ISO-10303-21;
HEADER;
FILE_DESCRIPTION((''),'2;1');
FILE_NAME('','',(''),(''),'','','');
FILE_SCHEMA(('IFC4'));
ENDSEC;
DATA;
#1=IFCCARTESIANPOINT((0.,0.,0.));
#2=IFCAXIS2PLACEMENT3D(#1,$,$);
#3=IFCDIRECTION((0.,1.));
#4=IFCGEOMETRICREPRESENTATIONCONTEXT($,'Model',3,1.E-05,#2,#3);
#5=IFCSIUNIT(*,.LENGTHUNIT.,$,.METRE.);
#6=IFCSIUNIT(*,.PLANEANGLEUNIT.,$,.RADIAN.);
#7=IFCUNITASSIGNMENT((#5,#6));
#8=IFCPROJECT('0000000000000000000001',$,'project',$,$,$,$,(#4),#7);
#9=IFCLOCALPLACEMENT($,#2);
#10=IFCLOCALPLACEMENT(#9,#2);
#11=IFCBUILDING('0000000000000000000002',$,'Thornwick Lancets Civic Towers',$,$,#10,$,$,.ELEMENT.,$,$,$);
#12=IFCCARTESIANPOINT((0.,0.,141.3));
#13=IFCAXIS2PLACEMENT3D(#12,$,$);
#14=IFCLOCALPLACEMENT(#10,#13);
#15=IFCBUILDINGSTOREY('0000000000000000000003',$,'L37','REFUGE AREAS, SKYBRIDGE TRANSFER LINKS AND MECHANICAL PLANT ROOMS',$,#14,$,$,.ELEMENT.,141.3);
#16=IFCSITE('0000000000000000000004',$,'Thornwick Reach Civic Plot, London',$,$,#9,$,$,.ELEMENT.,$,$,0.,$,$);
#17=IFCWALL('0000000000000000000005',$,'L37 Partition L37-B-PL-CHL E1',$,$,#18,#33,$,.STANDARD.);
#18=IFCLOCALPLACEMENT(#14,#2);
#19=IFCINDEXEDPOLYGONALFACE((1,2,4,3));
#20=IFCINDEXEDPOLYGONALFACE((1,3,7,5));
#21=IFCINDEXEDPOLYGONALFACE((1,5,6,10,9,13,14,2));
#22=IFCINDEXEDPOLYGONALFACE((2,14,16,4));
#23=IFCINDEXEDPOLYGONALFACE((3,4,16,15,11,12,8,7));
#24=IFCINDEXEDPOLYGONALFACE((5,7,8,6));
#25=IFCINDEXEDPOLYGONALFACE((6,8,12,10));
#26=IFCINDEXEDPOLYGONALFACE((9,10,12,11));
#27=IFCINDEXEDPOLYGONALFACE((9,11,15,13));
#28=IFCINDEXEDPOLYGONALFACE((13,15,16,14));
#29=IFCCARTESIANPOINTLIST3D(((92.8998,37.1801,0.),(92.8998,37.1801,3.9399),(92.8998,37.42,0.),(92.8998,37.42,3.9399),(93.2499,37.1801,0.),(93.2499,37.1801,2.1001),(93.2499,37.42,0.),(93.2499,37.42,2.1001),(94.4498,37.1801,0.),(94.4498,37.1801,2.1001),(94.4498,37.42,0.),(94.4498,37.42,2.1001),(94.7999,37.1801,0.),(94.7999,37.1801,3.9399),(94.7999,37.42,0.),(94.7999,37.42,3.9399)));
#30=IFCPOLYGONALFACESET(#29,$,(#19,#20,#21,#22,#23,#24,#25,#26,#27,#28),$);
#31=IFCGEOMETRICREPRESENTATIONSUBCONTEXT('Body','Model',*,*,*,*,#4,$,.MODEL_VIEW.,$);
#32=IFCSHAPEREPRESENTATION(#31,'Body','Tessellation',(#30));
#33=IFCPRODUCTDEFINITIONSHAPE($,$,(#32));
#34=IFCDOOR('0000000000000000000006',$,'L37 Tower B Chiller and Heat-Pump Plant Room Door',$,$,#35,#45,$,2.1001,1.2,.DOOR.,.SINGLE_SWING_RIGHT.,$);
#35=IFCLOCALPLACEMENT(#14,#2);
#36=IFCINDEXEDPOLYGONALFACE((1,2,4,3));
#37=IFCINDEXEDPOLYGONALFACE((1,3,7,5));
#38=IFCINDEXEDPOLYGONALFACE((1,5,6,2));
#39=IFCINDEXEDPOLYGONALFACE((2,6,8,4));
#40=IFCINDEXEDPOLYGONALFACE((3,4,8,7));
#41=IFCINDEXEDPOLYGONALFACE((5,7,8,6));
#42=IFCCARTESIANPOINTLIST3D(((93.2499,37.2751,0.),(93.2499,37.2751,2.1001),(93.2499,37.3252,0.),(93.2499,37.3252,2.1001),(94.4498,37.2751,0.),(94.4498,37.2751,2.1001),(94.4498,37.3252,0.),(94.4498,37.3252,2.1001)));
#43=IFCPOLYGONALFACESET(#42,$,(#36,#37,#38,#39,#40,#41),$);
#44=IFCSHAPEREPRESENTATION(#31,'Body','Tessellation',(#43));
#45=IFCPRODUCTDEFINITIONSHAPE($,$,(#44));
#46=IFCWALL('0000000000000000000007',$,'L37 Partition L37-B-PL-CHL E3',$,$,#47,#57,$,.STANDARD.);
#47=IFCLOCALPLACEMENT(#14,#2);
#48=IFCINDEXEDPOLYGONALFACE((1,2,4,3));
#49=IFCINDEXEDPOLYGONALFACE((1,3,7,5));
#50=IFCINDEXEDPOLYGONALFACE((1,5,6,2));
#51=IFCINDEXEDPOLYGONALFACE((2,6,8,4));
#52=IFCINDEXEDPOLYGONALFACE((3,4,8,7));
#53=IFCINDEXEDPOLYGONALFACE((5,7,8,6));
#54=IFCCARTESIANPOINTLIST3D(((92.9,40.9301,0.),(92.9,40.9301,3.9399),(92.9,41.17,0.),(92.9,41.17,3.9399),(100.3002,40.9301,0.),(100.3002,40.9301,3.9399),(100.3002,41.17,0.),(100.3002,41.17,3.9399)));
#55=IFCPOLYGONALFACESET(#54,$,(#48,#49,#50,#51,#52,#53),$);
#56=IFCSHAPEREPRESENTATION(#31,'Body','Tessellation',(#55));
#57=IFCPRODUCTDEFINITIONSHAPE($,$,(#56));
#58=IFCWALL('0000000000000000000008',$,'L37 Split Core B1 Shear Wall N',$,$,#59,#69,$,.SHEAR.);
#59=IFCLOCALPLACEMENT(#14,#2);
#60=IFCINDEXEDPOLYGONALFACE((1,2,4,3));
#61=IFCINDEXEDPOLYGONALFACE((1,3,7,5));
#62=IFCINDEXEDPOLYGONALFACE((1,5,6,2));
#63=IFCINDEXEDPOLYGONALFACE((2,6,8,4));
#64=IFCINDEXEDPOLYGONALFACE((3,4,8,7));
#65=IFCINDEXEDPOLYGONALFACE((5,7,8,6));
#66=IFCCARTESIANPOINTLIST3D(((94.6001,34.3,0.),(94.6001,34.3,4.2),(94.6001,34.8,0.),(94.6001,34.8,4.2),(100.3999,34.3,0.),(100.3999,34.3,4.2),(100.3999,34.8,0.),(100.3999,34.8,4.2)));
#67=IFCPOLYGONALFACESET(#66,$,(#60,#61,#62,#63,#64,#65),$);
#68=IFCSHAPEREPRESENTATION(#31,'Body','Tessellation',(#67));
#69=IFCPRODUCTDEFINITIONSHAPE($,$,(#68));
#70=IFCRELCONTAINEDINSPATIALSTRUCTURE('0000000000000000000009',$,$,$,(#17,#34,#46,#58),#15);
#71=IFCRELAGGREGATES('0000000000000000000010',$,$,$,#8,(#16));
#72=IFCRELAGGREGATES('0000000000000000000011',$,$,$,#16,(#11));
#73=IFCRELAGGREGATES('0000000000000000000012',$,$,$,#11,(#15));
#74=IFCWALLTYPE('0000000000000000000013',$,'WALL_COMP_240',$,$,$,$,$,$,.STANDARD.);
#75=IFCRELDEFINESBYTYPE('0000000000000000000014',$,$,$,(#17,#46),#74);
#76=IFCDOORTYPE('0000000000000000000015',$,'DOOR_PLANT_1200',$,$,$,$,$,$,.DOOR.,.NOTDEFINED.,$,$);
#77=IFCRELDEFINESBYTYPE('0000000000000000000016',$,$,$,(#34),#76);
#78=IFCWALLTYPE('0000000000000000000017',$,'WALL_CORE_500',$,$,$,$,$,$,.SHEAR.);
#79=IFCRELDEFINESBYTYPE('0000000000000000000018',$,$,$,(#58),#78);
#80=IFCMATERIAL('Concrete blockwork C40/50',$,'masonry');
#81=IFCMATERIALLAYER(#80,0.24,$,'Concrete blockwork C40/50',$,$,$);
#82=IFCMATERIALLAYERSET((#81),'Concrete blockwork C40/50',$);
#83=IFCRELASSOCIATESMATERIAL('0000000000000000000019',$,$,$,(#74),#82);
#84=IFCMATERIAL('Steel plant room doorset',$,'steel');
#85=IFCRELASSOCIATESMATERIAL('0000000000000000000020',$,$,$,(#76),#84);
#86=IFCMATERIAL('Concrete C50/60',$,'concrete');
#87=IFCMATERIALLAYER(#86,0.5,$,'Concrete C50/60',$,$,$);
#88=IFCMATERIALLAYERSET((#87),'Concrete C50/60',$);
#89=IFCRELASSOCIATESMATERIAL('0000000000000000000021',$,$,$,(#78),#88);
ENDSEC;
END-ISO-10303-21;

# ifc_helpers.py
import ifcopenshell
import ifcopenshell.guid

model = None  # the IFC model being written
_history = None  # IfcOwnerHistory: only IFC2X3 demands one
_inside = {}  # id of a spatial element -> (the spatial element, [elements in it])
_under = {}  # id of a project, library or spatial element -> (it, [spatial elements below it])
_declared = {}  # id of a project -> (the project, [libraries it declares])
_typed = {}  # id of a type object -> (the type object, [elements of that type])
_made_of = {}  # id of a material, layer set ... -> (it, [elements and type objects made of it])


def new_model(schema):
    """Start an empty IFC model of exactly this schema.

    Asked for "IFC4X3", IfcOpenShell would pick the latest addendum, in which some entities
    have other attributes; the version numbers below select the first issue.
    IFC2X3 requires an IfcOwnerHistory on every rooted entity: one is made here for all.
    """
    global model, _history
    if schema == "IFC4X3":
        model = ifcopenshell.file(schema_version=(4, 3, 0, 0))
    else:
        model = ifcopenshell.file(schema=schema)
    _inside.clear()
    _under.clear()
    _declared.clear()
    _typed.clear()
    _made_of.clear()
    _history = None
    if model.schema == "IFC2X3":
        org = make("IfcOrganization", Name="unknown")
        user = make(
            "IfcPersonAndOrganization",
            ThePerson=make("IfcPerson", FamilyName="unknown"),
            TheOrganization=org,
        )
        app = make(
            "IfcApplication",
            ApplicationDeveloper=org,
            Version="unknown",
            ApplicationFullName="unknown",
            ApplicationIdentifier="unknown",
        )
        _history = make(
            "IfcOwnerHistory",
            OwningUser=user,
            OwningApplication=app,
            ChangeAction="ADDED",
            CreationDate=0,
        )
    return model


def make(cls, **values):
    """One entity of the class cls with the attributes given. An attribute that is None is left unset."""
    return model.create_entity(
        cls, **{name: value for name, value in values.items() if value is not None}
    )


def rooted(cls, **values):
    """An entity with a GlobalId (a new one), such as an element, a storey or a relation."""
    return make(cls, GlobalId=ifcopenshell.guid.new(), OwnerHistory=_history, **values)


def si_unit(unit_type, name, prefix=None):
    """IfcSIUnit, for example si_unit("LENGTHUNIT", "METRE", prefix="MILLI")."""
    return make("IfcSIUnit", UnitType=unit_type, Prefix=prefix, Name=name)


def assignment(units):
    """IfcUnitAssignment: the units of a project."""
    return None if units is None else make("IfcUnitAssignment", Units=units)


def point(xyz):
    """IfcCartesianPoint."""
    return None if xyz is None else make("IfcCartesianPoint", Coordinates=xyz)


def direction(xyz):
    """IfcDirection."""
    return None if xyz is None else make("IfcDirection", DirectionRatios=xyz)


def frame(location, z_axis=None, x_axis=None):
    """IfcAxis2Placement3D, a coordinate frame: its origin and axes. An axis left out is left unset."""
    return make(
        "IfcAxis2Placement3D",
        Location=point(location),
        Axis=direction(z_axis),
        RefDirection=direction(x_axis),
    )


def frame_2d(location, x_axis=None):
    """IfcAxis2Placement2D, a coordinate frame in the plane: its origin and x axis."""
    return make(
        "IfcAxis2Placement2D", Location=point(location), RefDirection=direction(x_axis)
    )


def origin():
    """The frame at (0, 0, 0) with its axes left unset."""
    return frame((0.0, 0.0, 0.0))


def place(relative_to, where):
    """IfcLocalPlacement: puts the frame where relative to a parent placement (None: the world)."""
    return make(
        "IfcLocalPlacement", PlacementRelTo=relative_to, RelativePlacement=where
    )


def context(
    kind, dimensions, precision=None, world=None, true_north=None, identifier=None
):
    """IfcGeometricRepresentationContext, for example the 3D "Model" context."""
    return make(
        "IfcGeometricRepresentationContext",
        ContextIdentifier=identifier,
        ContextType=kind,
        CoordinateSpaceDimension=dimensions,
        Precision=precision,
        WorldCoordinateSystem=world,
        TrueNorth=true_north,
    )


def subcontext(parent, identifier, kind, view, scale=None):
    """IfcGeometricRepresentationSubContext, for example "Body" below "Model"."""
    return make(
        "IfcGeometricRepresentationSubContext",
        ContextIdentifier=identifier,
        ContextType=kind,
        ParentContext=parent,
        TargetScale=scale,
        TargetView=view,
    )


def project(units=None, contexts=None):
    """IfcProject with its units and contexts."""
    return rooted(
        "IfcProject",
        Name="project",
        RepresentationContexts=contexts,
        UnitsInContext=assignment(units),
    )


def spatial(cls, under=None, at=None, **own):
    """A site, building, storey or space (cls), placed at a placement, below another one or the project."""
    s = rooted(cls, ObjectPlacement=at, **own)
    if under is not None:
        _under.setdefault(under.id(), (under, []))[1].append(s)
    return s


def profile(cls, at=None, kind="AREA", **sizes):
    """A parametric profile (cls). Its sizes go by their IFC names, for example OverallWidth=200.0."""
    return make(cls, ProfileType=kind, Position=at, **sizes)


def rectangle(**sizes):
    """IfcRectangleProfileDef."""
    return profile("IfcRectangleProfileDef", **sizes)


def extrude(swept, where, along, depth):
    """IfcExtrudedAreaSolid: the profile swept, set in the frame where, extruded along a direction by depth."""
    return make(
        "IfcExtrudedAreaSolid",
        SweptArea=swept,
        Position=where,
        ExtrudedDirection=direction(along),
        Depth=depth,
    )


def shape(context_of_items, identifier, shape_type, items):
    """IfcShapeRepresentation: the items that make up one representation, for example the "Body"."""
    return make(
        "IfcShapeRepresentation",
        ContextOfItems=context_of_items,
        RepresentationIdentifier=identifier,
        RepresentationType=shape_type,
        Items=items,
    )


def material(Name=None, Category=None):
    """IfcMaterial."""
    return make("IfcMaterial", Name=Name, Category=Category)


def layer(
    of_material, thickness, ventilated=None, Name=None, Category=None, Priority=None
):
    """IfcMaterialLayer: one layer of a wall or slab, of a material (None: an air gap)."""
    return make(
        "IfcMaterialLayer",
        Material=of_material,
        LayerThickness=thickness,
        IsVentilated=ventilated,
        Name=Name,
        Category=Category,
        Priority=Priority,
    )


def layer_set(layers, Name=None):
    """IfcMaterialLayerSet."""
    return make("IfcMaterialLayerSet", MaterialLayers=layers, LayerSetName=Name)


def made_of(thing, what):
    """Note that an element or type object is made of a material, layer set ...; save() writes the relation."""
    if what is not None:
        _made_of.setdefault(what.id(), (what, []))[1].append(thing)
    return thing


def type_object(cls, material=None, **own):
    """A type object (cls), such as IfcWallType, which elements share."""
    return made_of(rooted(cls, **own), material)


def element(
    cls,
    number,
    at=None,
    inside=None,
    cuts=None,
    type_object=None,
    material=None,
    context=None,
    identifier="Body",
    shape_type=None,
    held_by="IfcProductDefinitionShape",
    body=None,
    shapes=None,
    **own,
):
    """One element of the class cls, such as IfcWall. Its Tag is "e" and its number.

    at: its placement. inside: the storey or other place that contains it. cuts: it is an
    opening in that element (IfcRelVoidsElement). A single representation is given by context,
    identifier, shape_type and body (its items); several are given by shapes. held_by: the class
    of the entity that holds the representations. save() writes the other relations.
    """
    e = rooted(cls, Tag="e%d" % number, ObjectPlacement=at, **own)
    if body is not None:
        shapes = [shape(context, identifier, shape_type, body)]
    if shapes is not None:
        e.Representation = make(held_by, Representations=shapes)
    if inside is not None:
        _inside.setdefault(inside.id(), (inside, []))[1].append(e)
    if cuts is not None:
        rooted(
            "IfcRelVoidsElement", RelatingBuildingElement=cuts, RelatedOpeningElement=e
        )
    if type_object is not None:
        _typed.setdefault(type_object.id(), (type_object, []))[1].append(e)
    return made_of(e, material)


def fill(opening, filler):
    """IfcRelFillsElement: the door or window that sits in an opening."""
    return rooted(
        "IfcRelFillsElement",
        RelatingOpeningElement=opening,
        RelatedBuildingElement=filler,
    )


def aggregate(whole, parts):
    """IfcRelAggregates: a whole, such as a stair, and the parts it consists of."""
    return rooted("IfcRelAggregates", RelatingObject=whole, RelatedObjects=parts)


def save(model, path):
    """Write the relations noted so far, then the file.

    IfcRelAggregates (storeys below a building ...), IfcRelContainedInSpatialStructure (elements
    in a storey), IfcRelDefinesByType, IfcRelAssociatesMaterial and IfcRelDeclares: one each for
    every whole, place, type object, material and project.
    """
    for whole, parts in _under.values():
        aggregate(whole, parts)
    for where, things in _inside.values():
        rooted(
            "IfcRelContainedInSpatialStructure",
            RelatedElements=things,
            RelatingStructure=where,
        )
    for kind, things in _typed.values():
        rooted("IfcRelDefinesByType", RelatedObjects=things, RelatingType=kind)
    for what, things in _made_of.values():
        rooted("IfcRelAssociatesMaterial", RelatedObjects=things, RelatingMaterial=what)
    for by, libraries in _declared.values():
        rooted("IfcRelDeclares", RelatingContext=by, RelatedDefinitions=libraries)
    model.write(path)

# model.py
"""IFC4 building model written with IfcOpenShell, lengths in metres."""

from ifc_helpers import new_model, si_unit, direction, frame, frame_2d, origin, place, context, subcontext, project, spatial, rectangle, extrude, material, layer, layer_set, type_object, element, fill, save


model = new_model("IFC4")

# Units and contexts
model_context = context("Model", 3, precision=1e-05, world=origin(), true_north=direction((0.0, 1.0)))
body_context = subcontext(model_context, "Body", "Model", "MODEL_VIEW")
ifc_project = project(units=[si_unit("LENGTHUNIT", "METRE"), si_unit("PLANEANGLEUNIT", "RADIAN")], contexts=[model_context])

# Site, building, storey
site_placement = place(None, origin())
site = spatial("IfcSite", under=ifc_project, at=site_placement, Name="Thornwick Reach Civic Plot, London", CompositionType="ELEMENT", RefElevation=0.0)
building_placement = place(site_placement, origin())
building = spatial("IfcBuilding", under=site, at=building_placement, Name="Thornwick Lancets Civic Towers", CompositionType="ELEMENT")
storey_placement = place(building_placement, frame((0.0, 0.0, 141.3)))
storey = spatial("IfcBuildingStorey", under=building, at=storey_placement, Name="L37", Description="REFUGE AREAS, SKYBRIDGE TRANSFER LINKS AND MECHANICAL PLANT ROOMS", CompositionType="ELEMENT", Elevation=141.3)

# Shared definitions
ifc_material_1 = material(Name="Concrete blockwork C40/50", Category="masonry")
ifc_layer_1 = layer(ifc_material_1, 0.24, Name="Concrete blockwork C40/50")
ifc_layer_set_1 = layer_set([ifc_layer_1], Name="Concrete blockwork C40/50")
wall_type_1 = type_object("IfcWallType", Name="WALL_COMP_240", PredefinedType="STANDARD", material=ifc_layer_set_1)

# Shared definitions
ifc_material_2 = material(Name="Steel plant room doorset", Category="steel")
door_type = type_object("IfcDoorType", Name="DOOR_PLANT_1200", OperationType="NOTDEFINED", PredefinedType="DOOR", material=ifc_material_2)

# Wall, opening, door
wall_1_placement = place(storey_placement, frame((94.8, 37.3, 0.0), z_axis=(0.0, 0.0, 1.0), x_axis=(-1.0, 0.0, 0.0)))
wall_1 = element("IfcWall", 1, at=wall_1_placement, inside=storey, type_object=wall_type_1, Name="L37 Partition L37-B-PL-CHL E1", PredefinedType="STANDARD", context=body_context, shape_type="SweptSolid", body=[
    extrude(rectangle(XDim=1.9001, YDim=0.24, at=frame_2d((0.9502, 0.0))), origin(), (0.0, 0.0, 1.0), 3.9399),
])
opening_1_placement = place(wall_1_placement, frame((0.3501, 0.0, 0.0)))
opening_1 = element("IfcOpeningElement", 2, at=opening_1_placement, cuts=wall_1, PredefinedType="OPENING", context=body_context, shape_type="SweptSolid", body=[
    extrude(rectangle(XDim=1.2, YDim=2.1001, at=frame_2d((0.6001, 1.05))), frame((0.0, 0.1299, 0.0), z_axis=(0.0, -1.0, 0.0), x_axis=(1.0, 0.0, 0.0)), (0.0, 0.0, 1.0), 0.26),
])
door_1_placement = place(opening_1_placement, origin())
door_1 = element("IfcDoor", 3, at=door_1_placement, inside=storey, type_object=door_type, Name="L37 Tower B Chiller and Heat-Pump Plant Room Door", OperationType="SINGLE_SWING_RIGHT", OverallHeight=2.1001, OverallWidth=1.2, PredefinedType="DOOR", context=body_context, shape_type="SweptSolid", body=[
    extrude(rectangle(XDim=1.2, YDim=2.1001, at=frame_2d((0.6001, 1.05))), frame((0.0, 0.0249, 0.0), z_axis=(0.0, -1.0, 0.0), x_axis=(1.0, 0.0, 0.0)), (0.0, 0.0, 1.0), 0.05),
])
fill(opening_1, door_1)

# Walls
wall_2_placement = place(storey_placement, frame((92.8999, 41.05, 0.0), z_axis=(0.0, 0.0, 1.0), x_axis=(1.0, 0.0, 0.0)))
element("IfcWall", 4, at=wall_2_placement, inside=storey, type_object=wall_type_1, Name="L37 Partition L37-B-PL-CHL E3", PredefinedType="STANDARD", context=body_context, shape_type="SweptSolid", body=[
    extrude(rectangle(XDim=7.4001, YDim=0.24, at=frame_2d((3.7002, 0.0))), origin(), (0.0, 0.0, 1.0), 3.9399),
])
ifc_material_3 = material(Name="Concrete C50/60", Category="concrete")
ifc_layer_2 = layer(ifc_material_3, 0.5, Name="Concrete C50/60")
ifc_layer_set_2 = layer_set([ifc_layer_2], Name="Concrete C50/60")
wall_type_2 = type_object("IfcWallType", Name="WALL_CORE_500", PredefinedType="SHEAR", material=ifc_layer_set_2)
wall_3_placement = place(storey_placement, frame((94.6001, 34.55, 0.0), z_axis=(0.0, 0.0, 1.0), x_axis=(1.0, 0.0, 0.0)))
element("IfcWall", 5, at=wall_3_placement, inside=storey, type_object=wall_type_2, Name="L37 Split Core B1 Shear Wall N", PredefinedType="SHEAR", context=body_context, shape_type="SweptSolid", body=[
    extrude(rectangle(XDim=5.7998, YDim=0.5, at=frame_2d((2.8999, 0.0))), origin(), (0.0, 0.0, 1.0), 4.2),
])

save(model, "model.ifc")
